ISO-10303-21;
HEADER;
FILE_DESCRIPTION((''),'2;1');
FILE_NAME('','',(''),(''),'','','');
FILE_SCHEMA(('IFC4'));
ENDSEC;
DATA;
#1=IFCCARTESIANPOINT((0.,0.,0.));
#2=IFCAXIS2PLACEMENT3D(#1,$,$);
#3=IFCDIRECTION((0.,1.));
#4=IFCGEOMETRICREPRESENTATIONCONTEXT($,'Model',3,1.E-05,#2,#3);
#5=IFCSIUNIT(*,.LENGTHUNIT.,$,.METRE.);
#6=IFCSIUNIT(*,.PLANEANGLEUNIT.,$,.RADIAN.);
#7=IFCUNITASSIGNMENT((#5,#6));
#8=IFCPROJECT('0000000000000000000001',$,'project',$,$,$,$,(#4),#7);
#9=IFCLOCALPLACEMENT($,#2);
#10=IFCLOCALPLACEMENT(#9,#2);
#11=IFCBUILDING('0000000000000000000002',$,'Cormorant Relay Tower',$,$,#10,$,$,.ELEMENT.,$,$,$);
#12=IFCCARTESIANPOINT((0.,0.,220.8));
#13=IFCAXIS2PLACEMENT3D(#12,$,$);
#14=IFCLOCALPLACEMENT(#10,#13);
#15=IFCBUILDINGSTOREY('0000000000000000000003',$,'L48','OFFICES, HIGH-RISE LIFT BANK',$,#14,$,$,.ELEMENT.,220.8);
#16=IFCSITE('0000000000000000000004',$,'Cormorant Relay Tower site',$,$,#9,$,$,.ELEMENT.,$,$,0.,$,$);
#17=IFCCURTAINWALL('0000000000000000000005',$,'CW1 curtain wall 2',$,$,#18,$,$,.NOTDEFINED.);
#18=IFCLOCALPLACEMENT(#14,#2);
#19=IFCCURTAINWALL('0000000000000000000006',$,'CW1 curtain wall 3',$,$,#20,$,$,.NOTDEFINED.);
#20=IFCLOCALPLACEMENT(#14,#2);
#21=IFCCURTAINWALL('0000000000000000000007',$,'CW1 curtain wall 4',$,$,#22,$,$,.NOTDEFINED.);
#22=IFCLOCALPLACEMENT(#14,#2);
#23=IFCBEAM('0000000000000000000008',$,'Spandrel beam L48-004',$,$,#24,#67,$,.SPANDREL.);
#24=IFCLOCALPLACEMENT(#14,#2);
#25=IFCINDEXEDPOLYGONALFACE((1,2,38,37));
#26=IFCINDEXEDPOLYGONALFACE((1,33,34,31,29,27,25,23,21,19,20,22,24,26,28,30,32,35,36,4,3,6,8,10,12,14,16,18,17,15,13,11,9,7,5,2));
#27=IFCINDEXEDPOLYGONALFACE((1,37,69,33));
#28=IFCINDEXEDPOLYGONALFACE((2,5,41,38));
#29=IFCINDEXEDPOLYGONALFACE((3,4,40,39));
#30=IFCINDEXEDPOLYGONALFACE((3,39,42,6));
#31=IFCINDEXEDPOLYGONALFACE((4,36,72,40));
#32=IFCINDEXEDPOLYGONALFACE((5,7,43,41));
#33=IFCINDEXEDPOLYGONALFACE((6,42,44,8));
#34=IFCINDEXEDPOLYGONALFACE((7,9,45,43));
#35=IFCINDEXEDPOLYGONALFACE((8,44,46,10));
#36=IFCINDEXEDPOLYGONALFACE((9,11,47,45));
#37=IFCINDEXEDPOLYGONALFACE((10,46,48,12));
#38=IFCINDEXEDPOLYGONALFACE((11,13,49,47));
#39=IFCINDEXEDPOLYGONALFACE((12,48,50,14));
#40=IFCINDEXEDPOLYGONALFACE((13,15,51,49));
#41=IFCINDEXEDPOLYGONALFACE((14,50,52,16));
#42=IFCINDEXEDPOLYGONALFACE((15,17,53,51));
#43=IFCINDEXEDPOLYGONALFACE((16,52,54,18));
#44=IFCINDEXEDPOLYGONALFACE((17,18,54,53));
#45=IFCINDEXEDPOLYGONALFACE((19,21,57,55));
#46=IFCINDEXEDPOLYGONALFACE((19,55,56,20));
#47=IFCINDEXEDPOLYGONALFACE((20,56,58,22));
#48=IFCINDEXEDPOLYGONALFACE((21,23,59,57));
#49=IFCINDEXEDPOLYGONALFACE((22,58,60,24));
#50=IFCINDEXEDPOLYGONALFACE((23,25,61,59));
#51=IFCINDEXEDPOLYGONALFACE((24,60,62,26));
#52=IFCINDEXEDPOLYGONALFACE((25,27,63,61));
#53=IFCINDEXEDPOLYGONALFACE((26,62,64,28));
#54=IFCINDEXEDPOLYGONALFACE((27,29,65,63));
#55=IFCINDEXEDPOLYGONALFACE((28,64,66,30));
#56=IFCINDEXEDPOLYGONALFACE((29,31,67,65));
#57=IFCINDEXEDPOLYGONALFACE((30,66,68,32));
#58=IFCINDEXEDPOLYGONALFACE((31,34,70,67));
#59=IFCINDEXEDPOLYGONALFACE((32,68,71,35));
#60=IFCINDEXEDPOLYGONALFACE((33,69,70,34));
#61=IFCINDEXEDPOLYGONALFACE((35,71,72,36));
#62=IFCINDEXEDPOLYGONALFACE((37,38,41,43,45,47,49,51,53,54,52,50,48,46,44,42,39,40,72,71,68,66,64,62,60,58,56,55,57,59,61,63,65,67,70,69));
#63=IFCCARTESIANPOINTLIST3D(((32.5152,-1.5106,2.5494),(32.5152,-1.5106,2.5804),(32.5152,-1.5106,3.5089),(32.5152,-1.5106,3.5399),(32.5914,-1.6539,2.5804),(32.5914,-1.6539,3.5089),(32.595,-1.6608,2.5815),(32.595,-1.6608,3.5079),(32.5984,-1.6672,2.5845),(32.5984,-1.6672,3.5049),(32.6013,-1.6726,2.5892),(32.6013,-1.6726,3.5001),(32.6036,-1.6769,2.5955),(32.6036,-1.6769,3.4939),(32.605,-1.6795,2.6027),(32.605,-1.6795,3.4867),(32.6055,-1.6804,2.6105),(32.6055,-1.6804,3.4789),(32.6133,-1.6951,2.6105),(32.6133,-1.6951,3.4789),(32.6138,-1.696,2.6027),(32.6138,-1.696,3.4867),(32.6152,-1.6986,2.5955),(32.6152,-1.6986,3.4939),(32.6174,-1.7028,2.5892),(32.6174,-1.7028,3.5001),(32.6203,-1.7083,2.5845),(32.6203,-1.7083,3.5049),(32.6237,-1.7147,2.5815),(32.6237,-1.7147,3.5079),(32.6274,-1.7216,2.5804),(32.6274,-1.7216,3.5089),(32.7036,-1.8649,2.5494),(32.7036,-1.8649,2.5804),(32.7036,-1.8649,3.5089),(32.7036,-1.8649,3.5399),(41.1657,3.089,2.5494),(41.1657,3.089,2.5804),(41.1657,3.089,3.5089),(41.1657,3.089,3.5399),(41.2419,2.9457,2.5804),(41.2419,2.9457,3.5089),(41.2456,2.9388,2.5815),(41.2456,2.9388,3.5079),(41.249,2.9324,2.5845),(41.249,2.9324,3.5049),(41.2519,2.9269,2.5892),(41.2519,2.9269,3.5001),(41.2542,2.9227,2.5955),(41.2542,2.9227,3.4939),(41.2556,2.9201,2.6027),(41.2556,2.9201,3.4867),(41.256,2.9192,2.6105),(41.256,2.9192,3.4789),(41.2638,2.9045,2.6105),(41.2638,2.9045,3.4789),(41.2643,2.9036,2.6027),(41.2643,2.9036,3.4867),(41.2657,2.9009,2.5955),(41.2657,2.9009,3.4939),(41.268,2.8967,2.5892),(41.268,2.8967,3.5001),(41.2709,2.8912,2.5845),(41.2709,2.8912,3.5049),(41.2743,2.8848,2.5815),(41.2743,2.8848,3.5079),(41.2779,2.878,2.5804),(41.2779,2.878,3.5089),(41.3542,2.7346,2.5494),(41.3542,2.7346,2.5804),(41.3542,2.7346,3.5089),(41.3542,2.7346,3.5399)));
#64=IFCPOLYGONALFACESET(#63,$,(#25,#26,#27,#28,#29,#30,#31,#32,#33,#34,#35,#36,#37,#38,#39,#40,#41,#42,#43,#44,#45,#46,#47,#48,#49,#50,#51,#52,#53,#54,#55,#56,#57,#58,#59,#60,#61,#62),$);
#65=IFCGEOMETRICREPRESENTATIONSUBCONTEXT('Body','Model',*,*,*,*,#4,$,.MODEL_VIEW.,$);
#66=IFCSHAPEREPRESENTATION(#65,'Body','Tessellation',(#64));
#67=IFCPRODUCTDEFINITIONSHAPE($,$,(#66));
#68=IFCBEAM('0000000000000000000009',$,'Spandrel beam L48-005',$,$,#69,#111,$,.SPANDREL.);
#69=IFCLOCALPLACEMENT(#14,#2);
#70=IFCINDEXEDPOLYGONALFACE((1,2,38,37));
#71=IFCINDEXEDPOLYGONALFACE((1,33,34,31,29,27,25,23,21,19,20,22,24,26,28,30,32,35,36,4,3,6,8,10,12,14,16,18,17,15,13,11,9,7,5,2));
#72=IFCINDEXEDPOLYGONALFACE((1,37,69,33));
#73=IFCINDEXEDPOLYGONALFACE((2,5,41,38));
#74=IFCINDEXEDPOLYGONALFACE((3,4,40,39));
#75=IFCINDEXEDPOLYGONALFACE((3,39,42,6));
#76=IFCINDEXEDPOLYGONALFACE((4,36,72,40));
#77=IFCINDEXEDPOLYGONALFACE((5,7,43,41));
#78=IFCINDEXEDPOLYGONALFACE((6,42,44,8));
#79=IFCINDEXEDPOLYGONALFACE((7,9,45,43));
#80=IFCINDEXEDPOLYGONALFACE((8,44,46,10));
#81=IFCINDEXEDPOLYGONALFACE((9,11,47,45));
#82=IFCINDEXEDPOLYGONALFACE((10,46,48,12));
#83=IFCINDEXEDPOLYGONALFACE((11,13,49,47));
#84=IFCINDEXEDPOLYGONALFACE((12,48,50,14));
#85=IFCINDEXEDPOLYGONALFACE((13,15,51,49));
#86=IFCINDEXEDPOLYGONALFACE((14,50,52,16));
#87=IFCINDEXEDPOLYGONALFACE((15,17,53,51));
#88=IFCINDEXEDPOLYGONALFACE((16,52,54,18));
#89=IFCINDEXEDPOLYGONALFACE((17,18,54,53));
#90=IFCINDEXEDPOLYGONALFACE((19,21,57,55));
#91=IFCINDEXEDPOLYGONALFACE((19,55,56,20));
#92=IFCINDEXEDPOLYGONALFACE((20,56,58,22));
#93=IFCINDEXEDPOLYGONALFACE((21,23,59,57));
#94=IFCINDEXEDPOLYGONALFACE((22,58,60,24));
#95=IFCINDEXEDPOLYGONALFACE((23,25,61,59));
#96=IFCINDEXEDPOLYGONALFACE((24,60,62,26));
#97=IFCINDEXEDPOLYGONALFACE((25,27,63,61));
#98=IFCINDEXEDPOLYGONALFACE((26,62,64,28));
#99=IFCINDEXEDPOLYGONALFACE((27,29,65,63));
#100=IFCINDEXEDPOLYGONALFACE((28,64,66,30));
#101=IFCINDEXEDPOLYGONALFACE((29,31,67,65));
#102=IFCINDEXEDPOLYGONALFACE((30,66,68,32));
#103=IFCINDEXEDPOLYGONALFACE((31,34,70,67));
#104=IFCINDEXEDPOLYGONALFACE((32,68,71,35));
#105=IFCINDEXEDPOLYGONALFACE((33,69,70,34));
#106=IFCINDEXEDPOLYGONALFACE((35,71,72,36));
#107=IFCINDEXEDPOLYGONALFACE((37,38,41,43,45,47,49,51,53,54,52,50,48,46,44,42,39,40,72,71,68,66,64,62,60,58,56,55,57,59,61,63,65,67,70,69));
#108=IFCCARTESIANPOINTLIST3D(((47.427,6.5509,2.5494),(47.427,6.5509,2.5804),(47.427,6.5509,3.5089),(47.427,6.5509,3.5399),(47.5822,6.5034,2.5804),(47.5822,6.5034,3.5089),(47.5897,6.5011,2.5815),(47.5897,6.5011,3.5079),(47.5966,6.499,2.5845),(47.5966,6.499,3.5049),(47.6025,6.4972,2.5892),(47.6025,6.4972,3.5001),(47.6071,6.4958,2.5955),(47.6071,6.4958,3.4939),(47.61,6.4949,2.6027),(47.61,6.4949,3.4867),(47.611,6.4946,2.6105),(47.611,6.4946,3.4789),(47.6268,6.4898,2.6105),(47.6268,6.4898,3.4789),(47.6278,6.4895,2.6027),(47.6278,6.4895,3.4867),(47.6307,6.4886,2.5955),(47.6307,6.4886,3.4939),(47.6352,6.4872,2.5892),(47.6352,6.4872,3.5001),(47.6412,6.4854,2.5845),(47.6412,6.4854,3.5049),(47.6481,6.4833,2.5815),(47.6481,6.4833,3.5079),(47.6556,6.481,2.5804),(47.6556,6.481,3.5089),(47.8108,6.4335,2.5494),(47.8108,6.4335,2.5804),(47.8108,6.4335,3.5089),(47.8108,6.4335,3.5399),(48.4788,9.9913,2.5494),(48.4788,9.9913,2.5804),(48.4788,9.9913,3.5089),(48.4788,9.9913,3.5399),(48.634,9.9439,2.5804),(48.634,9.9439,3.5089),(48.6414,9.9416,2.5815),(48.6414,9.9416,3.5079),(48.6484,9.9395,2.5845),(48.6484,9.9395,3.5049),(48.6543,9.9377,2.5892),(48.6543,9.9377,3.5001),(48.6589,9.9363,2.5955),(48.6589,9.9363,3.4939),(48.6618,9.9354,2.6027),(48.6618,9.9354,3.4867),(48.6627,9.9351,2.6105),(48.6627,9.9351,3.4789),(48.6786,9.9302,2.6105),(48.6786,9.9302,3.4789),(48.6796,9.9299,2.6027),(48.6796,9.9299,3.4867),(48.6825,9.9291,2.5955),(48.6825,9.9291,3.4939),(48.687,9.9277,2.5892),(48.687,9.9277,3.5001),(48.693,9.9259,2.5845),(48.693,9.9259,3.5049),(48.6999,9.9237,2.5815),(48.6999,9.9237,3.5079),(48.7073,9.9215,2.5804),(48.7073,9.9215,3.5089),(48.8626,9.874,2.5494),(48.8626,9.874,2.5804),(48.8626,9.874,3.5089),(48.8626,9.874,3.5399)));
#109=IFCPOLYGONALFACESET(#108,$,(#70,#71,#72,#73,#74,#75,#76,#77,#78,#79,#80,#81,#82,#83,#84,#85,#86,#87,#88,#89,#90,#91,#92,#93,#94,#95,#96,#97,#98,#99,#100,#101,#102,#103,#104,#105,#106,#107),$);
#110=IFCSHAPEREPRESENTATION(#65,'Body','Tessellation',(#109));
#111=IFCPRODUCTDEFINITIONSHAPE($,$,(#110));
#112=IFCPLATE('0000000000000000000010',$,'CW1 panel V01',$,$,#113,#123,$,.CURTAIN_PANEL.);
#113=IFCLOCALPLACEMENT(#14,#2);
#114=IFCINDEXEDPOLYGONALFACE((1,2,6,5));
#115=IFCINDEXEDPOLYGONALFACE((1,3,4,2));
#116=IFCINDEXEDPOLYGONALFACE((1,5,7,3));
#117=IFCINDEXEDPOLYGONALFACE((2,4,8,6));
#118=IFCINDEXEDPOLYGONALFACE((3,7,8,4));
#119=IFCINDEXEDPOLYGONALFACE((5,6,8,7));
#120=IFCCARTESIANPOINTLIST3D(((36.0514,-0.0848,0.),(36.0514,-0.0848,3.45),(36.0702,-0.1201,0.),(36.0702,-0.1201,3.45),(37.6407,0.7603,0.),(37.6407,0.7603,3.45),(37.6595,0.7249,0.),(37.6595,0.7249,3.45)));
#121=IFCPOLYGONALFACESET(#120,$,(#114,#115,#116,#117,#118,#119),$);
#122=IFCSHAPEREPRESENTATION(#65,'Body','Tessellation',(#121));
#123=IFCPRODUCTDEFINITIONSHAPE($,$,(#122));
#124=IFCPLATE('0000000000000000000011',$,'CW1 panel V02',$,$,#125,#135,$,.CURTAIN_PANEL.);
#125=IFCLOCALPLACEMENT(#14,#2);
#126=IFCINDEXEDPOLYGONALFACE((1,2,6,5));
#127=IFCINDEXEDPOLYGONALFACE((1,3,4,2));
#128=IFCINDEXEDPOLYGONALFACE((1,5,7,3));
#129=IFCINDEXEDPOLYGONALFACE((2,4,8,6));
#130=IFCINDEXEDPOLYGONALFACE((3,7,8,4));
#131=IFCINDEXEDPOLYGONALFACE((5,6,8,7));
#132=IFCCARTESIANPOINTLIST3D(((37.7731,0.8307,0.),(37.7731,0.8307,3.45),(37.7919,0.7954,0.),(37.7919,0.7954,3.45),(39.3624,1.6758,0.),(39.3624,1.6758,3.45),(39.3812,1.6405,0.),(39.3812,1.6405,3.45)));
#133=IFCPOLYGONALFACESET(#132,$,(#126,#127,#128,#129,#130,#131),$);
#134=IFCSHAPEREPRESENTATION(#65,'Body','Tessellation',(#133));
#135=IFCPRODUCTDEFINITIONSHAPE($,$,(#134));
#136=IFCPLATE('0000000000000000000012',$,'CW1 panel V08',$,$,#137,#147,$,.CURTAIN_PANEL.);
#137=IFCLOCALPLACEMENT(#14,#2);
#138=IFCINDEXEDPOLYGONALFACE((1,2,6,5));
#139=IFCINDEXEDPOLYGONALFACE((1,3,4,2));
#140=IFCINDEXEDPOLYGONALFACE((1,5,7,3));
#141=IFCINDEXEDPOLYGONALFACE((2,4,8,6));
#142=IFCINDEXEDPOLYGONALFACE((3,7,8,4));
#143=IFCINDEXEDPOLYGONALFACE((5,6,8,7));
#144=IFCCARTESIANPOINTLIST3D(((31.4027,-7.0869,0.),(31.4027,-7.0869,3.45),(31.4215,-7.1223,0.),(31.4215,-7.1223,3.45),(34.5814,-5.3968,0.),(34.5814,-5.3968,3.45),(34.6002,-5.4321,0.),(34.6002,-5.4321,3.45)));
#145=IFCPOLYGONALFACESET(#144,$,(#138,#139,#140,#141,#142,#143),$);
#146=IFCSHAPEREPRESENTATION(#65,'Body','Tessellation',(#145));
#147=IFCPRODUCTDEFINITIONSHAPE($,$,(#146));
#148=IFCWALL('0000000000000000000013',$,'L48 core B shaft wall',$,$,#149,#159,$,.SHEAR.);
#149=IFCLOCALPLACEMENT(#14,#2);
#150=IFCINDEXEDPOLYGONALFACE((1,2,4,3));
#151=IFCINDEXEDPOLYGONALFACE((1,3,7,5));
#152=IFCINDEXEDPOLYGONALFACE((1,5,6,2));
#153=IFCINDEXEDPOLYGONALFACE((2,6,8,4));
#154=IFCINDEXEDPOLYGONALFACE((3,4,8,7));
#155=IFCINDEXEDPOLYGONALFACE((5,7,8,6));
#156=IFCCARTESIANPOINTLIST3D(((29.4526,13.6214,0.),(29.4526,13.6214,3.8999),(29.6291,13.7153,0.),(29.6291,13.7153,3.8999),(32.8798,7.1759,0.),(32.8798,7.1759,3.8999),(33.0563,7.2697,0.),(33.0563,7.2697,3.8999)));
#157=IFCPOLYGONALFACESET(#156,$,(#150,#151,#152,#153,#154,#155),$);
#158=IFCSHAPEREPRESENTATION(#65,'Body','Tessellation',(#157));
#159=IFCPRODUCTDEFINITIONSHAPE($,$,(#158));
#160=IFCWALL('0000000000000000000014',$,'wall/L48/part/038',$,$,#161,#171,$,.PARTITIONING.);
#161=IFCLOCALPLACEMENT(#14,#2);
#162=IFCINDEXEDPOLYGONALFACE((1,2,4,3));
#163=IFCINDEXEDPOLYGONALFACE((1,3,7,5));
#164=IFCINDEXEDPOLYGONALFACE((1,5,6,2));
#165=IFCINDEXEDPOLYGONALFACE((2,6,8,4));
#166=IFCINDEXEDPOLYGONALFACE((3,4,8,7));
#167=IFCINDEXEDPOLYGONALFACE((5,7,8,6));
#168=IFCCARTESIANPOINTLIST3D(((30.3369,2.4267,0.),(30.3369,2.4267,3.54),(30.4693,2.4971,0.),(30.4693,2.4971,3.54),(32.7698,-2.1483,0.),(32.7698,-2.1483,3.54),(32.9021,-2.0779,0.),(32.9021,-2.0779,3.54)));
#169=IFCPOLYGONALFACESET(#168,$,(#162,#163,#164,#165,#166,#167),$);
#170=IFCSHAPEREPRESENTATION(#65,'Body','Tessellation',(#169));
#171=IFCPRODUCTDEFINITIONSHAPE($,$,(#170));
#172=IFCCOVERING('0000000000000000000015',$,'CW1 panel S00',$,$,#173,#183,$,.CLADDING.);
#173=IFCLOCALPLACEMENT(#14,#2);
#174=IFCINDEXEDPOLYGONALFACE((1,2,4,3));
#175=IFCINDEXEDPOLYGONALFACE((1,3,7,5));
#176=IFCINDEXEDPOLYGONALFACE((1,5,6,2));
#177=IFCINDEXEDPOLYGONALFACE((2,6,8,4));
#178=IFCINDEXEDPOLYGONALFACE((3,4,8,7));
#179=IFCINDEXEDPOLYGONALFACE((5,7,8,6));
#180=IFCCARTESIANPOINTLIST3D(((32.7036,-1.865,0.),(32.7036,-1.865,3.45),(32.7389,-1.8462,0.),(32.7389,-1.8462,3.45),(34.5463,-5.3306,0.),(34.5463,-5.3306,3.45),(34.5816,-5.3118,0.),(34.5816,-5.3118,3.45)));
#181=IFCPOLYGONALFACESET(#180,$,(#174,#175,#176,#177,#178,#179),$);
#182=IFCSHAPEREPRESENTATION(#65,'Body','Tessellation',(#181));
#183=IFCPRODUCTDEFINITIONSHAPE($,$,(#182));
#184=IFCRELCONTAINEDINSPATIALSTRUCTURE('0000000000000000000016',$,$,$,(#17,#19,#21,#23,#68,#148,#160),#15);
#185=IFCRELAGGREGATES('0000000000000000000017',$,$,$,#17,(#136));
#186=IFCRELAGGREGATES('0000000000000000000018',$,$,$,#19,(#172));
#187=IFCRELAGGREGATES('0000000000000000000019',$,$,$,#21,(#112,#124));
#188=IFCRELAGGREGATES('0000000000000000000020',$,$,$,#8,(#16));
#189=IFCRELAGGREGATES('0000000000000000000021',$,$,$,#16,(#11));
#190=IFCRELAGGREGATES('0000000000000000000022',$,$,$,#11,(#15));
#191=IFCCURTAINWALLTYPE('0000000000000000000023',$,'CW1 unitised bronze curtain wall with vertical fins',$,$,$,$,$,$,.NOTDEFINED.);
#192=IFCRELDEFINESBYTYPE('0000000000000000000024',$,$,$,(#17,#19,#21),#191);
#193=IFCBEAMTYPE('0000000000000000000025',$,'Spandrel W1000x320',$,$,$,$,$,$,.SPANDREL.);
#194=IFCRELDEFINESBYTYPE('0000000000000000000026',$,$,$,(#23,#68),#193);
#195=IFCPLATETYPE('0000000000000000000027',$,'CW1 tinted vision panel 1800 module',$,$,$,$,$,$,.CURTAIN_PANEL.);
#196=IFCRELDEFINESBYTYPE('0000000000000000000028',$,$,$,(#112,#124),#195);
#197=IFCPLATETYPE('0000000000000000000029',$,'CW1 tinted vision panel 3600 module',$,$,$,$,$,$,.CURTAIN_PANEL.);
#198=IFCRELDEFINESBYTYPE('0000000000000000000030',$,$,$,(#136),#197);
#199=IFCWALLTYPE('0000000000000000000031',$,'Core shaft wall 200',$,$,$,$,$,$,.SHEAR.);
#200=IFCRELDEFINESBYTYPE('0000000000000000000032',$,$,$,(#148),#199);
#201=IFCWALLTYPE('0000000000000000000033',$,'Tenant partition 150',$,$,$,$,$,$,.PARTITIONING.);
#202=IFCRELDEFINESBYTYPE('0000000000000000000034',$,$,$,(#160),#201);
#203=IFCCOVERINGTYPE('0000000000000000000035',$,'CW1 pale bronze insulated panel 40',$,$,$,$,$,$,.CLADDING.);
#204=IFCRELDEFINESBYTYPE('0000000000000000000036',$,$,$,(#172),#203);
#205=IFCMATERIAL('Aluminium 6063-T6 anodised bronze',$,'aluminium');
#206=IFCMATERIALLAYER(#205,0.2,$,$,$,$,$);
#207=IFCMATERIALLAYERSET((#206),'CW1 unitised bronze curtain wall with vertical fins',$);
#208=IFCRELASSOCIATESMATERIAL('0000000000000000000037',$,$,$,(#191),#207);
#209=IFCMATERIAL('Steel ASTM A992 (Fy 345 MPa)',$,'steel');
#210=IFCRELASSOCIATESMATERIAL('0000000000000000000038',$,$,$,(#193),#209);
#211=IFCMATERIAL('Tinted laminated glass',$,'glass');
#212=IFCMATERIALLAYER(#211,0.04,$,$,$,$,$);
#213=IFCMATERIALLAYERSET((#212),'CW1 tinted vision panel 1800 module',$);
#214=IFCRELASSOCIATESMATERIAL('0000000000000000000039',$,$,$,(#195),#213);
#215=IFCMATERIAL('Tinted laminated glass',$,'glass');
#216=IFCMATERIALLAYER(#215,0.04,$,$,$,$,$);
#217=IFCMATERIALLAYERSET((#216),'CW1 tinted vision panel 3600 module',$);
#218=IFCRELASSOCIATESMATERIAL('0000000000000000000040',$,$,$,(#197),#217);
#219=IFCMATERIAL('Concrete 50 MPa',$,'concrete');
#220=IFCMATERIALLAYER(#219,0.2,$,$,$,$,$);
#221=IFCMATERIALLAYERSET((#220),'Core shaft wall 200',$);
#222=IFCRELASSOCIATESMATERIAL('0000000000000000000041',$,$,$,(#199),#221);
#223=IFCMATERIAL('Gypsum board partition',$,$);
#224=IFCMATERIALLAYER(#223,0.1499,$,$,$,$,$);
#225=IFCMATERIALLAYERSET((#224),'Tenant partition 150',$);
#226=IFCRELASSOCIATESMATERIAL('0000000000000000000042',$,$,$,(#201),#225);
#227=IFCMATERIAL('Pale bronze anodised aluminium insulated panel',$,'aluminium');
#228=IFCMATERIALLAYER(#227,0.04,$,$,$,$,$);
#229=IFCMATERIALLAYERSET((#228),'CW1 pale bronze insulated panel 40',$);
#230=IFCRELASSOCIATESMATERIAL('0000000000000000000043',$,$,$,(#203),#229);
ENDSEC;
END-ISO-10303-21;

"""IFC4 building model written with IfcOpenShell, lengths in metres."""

from ifc_helpers import new_model, si_unit, direction, frame, frame_2d, origin, origin_2d, place, context, subcontext, project, spatial, rectangle, i_section, extrude, material, layer, layer_set, material_profile, profile_set, type_object, element, aggregate, save


model = new_model("IFC4")

# Units and contexts
model_context = context("Model", 3, precision=1e-05, world=origin(), true_north=direction((0.0, 1.0)))
body_context = subcontext(model_context, "Body", "Model", "MODEL_VIEW")
ifc_project = project(units=[si_unit("LENGTHUNIT", "METRE"), si_unit("PLANEANGLEUNIT", "RADIAN")], contexts=[model_context])

# Site, building, storey
site_placement = place(None, origin())
site = spatial("IfcSite", under=ifc_project, at=site_placement, Name="Cormorant Relay Tower site", CompositionType="ELEMENT", RefElevation=0.0)
building_placement = place(site_placement, origin())
building = spatial("IfcBuilding", under=site, at=building_placement, Name="Cormorant Relay Tower", CompositionType="ELEMENT")
storey_placement = place(building_placement, frame((0.0, 0.0, 220.8)))
storey = spatial("IfcBuildingStorey", under=building, at=storey_placement, Name="L48", Description="OFFICES, HIGH-RISE LIFT BANK", CompositionType="ELEMENT", Elevation=220.8)

# Curtain walls
ifc_material_1 = material(Name="Aluminium 6063-T6 anodised bronze", Category="aluminium")
ifc_layer_1 = layer(ifc_material_1, 0.2)
ifc_layer_set_1 = layer_set([ifc_layer_1], Name="CW1 unitised bronze curtain wall with vertical fins")
curtain_wall_type = type_object("IfcCurtainWallType", Name="CW1 unitised bronze curtain wall with vertical fins", PredefinedType="NOTDEFINED", material=ifc_layer_set_1)
curtain_wall_1_placement = place(storey_placement, origin())
curtain_wall_1 = element("IfcCurtainWall", 1, at=curtain_wall_1_placement, inside=storey, type_object=curtain_wall_type, Name="CW1 curtain wall 2", PredefinedType="NOTDEFINED")
curtain_wall_2_placement = place(storey_placement, origin())
curtain_wall_2 = element("IfcCurtainWall", 2, at=curtain_wall_2_placement, inside=storey, type_object=curtain_wall_type, Name="CW1 curtain wall 3", PredefinedType="NOTDEFINED")

# Curtain wall
curtain_wall_3_placement = place(storey_placement, origin())
curtain_wall_3 = element("IfcCurtainWall", 3, at=curtain_wall_3_placement, inside=storey, type_object=curtain_wall_type, Name="CW1 curtain wall 4", PredefinedType="NOTDEFINED")

# Beams
ifc_material_2 = material(Name="Steel ASTM A992 (Fy 345 MPa)", Category="steel")
ifc_material_profile_1 = material_profile(ifc_material_2, i_section(OverallWidth=0.4014, OverallDepth=0.9905, WebThickness=0.0166, FlangeThickness=0.031, FilletRadius=0.03, at=origin_2d()), Name="W1000x320")
ifc_profile_set_1 = profile_set([ifc_material_profile_1], Name="Steel ASTM A992 (Fy 345 MPa)")
beam_type = type_object("IfcBeamType", Name="Spandrel W1000x320", PredefinedType="SPANDREL", material=ifc_profile_set_1)
beam_1_placement = place(storey_placement, frame((32.6094, -1.6877, 3.0447), z_axis=(0.882948, 0.46947, 0.0), x_axis=(-0.46947, 0.882948, 0.0)))
element("IfcBeam", 4, at=beam_1_placement, inside=storey, type_object=beam_type, Name="Spandrel beam L48-004", PredefinedType="SPANDREL", context=body_context, shape_type="SweptSolid", body=[
    extrude(i_section(OverallWidth=0.4014, OverallDepth=0.9905, WebThickness=0.0166, FlangeThickness=0.031, FilletRadius=0.03, at=origin_2d()), origin(), (0.0, 0.0, 1.0), 9.7974),
])
beam_2_placement = place(storey_placement, frame((47.6189, 6.4922, 3.0447), z_axis=(0.29235, 0.956312, 0.0), x_axis=(-0.956312, 0.29235, 0.0)))
element("IfcBeam", 5, at=beam_2_placement, inside=storey, type_object=beam_type, Name="Spandrel beam L48-005", PredefinedType="SPANDREL", context=body_context, shape_type="SweptSolid", body=[
    extrude(i_section(OverallWidth=0.4014, OverallDepth=0.9905, WebThickness=0.0166, FlangeThickness=0.031, FilletRadius=0.03, at=origin_2d()), origin(), (0.0, 0.0, 1.0), 3.5977),
])

# Plates
ifc_material_3 = material(Name="Tinted laminated glass", Category="glass")
ifc_layer_2 = layer(ifc_material_3, 0.04)
ifc_layer_set_2 = layer_set([ifc_layer_2], Name="CW1 tinted vision panel 1800 module")
plate_type_1 = type_object("IfcPlateType", Name="CW1 tinted vision panel 1800 module", PredefinedType="CURTAIN_PANEL", material=ifc_layer_set_2)
plate_1_placement = place(storey_placement, frame((36.8555, 0.3201, 0.0), z_axis=(0.0, 0.0, 1.0), x_axis=(0.882948, 0.469472, 0.0)))
plate_1 = element("IfcPlate", 6, at=plate_1_placement, type_object=plate_type_1, Name="CW1 panel V01", PredefinedType="CURTAIN_PANEL", context=body_context, shape_type="SweptSolid", body=[
    extrude(rectangle(XDim=1.8, YDim=0.04, at=origin_2d()), origin(), (0.0, 0.0, 1.0), 3.45),
])
plate_2_placement = place(storey_placement, frame((38.5771, 1.2356, 0.0), z_axis=(0.0, 0.0, 1.0), x_axis=(0.882948, 0.469472, 0.0)))
plate_2 = element("IfcPlate", 7, at=plate_2_placement, type_object=plate_type_1, Name="CW1 panel V02", PredefinedType="CURTAIN_PANEL", context=body_context, shape_type="SweptSolid", body=[
    extrude(rectangle(XDim=1.8, YDim=0.04, at=origin_2d()), origin(), (0.0, 0.0, 1.0), 3.45),
])
ifc_material_4 = material(Name="Tinted laminated glass", Category="glass")
ifc_layer_3 = layer(ifc_material_4, 0.04)
ifc_layer_set_3 = layer_set([ifc_layer_3], Name="CW1 tinted vision panel 3600 module")
plate_type_2 = type_object("IfcPlateType", Name="CW1 tinted vision panel 3600 module", PredefinedType="CURTAIN_PANEL", material=ifc_layer_set_3)
plate_3_placement = place(storey_placement, frame((33.0015, -6.2595, 0.0), z_axis=(0.0, 0.0, 1.0), x_axis=(0.882948, 0.469472, 0.0)))
plate_3 = element("IfcPlate", 8, at=plate_3_placement, type_object=plate_type_2, Name="CW1 panel V08", PredefinedType="CURTAIN_PANEL", context=body_context, shape_type="SweptSolid", body=[
    extrude(rectangle(XDim=3.6001, YDim=0.04, at=origin_2d()), origin(), (0.0, 0.0, 1.0), 3.45),
])
aggregate(curtain_wall_1, [plate_3])

# Walls
ifc_material_5 = material(Name="Concrete 50 MPa", Category="concrete")
ifc_layer_4 = layer(ifc_material_5, 0.2)
ifc_layer_set_4 = layer_set([ifc_layer_4], Name="Core shaft wall 200")
wall_type_1 = type_object("IfcWallType", Name="Core shaft wall 200", PredefinedType="SHEAR", material=ifc_layer_set_4)
wall_1_placement = place(storey_placement, frame((32.968, 7.2229, 0.0), z_axis=(0.0, 0.0, 1.0), x_axis=(-0.46948, 0.882943, 0.0)))
element("IfcWall", 9, at=wall_1_placement, inside=storey, type_object=wall_type_1, Name="L48 core B shaft wall", PredefinedType="SHEAR", context=body_context, shape_type="SweptSolid", body=[
    extrude(rectangle(XDim=7.3, YDim=0.2, at=frame_2d((3.6499, 0.0))), origin(), (0.0, 0.0, 1.0), 3.8999),
])
ifc_material_6 = material(Name="Gypsum board partition")
ifc_layer_5 = layer(ifc_material_6, 0.1499)
ifc_layer_set_5 = layer_set([ifc_layer_5], Name="Tenant partition 150")
wall_type_2 = type_object("IfcWallType", Name="Tenant partition 150", PredefinedType="PARTITIONING", material=ifc_layer_set_5)
wall_2_placement = place(storey_placement, frame((30.4031, 2.4619, 0.0), z_axis=(0.0, 0.0, 1.0), x_axis=(0.469519, -0.882922, 0.0)))
element("IfcWall", 10, at=wall_2_placement, inside=storey, type_object=wall_type_2, Name="wall/L48/part/038", PredefinedType="PARTITIONING", context=body_context, shape_type="SweptSolid", body=[
    extrude(rectangle(XDim=5.1816, YDim=0.1499, at=frame_2d((2.5908, 0.0))), origin(), (0.0, 0.0, 1.0), 3.54),
])

# Covering
ifc_material_7 = material(Name="Pale bronze anodised aluminium insulated panel", Category="aluminium")
ifc_layer_6 = layer(ifc_material_7, 0.04)
ifc_layer_set_6 = layer_set([ifc_layer_6], Name="CW1 pale bronze insulated panel 40")
covering_type = type_object("IfcCoveringType", Name="CW1 pale bronze insulated panel 40", PredefinedType="CLADDING", material=ifc_layer_set_6)
covering_1_placement = place(storey_placement, frame((33.6426, -3.5884, 0.0), z_axis=(0.0, 0.0, 1.0), x_axis=(-0.469472, 0.882948, 0.0)))
covering_1 = element("IfcCovering", 11, at=covering_1_placement, type_object=covering_type, Name="CW1 panel S00", PredefinedType="CLADDING", context=body_context, shape_type="SweptSolid", body=[
    extrude(rectangle(XDim=3.925, YDim=0.04, at=origin_2d()), origin(), (0.0, 0.0, 1.0), 3.45),
])
aggregate(curtain_wall_2, [covering_1])
aggregate(curtain_wall_3, [plate_1, plate_2])

save(model, "model.ifc")
